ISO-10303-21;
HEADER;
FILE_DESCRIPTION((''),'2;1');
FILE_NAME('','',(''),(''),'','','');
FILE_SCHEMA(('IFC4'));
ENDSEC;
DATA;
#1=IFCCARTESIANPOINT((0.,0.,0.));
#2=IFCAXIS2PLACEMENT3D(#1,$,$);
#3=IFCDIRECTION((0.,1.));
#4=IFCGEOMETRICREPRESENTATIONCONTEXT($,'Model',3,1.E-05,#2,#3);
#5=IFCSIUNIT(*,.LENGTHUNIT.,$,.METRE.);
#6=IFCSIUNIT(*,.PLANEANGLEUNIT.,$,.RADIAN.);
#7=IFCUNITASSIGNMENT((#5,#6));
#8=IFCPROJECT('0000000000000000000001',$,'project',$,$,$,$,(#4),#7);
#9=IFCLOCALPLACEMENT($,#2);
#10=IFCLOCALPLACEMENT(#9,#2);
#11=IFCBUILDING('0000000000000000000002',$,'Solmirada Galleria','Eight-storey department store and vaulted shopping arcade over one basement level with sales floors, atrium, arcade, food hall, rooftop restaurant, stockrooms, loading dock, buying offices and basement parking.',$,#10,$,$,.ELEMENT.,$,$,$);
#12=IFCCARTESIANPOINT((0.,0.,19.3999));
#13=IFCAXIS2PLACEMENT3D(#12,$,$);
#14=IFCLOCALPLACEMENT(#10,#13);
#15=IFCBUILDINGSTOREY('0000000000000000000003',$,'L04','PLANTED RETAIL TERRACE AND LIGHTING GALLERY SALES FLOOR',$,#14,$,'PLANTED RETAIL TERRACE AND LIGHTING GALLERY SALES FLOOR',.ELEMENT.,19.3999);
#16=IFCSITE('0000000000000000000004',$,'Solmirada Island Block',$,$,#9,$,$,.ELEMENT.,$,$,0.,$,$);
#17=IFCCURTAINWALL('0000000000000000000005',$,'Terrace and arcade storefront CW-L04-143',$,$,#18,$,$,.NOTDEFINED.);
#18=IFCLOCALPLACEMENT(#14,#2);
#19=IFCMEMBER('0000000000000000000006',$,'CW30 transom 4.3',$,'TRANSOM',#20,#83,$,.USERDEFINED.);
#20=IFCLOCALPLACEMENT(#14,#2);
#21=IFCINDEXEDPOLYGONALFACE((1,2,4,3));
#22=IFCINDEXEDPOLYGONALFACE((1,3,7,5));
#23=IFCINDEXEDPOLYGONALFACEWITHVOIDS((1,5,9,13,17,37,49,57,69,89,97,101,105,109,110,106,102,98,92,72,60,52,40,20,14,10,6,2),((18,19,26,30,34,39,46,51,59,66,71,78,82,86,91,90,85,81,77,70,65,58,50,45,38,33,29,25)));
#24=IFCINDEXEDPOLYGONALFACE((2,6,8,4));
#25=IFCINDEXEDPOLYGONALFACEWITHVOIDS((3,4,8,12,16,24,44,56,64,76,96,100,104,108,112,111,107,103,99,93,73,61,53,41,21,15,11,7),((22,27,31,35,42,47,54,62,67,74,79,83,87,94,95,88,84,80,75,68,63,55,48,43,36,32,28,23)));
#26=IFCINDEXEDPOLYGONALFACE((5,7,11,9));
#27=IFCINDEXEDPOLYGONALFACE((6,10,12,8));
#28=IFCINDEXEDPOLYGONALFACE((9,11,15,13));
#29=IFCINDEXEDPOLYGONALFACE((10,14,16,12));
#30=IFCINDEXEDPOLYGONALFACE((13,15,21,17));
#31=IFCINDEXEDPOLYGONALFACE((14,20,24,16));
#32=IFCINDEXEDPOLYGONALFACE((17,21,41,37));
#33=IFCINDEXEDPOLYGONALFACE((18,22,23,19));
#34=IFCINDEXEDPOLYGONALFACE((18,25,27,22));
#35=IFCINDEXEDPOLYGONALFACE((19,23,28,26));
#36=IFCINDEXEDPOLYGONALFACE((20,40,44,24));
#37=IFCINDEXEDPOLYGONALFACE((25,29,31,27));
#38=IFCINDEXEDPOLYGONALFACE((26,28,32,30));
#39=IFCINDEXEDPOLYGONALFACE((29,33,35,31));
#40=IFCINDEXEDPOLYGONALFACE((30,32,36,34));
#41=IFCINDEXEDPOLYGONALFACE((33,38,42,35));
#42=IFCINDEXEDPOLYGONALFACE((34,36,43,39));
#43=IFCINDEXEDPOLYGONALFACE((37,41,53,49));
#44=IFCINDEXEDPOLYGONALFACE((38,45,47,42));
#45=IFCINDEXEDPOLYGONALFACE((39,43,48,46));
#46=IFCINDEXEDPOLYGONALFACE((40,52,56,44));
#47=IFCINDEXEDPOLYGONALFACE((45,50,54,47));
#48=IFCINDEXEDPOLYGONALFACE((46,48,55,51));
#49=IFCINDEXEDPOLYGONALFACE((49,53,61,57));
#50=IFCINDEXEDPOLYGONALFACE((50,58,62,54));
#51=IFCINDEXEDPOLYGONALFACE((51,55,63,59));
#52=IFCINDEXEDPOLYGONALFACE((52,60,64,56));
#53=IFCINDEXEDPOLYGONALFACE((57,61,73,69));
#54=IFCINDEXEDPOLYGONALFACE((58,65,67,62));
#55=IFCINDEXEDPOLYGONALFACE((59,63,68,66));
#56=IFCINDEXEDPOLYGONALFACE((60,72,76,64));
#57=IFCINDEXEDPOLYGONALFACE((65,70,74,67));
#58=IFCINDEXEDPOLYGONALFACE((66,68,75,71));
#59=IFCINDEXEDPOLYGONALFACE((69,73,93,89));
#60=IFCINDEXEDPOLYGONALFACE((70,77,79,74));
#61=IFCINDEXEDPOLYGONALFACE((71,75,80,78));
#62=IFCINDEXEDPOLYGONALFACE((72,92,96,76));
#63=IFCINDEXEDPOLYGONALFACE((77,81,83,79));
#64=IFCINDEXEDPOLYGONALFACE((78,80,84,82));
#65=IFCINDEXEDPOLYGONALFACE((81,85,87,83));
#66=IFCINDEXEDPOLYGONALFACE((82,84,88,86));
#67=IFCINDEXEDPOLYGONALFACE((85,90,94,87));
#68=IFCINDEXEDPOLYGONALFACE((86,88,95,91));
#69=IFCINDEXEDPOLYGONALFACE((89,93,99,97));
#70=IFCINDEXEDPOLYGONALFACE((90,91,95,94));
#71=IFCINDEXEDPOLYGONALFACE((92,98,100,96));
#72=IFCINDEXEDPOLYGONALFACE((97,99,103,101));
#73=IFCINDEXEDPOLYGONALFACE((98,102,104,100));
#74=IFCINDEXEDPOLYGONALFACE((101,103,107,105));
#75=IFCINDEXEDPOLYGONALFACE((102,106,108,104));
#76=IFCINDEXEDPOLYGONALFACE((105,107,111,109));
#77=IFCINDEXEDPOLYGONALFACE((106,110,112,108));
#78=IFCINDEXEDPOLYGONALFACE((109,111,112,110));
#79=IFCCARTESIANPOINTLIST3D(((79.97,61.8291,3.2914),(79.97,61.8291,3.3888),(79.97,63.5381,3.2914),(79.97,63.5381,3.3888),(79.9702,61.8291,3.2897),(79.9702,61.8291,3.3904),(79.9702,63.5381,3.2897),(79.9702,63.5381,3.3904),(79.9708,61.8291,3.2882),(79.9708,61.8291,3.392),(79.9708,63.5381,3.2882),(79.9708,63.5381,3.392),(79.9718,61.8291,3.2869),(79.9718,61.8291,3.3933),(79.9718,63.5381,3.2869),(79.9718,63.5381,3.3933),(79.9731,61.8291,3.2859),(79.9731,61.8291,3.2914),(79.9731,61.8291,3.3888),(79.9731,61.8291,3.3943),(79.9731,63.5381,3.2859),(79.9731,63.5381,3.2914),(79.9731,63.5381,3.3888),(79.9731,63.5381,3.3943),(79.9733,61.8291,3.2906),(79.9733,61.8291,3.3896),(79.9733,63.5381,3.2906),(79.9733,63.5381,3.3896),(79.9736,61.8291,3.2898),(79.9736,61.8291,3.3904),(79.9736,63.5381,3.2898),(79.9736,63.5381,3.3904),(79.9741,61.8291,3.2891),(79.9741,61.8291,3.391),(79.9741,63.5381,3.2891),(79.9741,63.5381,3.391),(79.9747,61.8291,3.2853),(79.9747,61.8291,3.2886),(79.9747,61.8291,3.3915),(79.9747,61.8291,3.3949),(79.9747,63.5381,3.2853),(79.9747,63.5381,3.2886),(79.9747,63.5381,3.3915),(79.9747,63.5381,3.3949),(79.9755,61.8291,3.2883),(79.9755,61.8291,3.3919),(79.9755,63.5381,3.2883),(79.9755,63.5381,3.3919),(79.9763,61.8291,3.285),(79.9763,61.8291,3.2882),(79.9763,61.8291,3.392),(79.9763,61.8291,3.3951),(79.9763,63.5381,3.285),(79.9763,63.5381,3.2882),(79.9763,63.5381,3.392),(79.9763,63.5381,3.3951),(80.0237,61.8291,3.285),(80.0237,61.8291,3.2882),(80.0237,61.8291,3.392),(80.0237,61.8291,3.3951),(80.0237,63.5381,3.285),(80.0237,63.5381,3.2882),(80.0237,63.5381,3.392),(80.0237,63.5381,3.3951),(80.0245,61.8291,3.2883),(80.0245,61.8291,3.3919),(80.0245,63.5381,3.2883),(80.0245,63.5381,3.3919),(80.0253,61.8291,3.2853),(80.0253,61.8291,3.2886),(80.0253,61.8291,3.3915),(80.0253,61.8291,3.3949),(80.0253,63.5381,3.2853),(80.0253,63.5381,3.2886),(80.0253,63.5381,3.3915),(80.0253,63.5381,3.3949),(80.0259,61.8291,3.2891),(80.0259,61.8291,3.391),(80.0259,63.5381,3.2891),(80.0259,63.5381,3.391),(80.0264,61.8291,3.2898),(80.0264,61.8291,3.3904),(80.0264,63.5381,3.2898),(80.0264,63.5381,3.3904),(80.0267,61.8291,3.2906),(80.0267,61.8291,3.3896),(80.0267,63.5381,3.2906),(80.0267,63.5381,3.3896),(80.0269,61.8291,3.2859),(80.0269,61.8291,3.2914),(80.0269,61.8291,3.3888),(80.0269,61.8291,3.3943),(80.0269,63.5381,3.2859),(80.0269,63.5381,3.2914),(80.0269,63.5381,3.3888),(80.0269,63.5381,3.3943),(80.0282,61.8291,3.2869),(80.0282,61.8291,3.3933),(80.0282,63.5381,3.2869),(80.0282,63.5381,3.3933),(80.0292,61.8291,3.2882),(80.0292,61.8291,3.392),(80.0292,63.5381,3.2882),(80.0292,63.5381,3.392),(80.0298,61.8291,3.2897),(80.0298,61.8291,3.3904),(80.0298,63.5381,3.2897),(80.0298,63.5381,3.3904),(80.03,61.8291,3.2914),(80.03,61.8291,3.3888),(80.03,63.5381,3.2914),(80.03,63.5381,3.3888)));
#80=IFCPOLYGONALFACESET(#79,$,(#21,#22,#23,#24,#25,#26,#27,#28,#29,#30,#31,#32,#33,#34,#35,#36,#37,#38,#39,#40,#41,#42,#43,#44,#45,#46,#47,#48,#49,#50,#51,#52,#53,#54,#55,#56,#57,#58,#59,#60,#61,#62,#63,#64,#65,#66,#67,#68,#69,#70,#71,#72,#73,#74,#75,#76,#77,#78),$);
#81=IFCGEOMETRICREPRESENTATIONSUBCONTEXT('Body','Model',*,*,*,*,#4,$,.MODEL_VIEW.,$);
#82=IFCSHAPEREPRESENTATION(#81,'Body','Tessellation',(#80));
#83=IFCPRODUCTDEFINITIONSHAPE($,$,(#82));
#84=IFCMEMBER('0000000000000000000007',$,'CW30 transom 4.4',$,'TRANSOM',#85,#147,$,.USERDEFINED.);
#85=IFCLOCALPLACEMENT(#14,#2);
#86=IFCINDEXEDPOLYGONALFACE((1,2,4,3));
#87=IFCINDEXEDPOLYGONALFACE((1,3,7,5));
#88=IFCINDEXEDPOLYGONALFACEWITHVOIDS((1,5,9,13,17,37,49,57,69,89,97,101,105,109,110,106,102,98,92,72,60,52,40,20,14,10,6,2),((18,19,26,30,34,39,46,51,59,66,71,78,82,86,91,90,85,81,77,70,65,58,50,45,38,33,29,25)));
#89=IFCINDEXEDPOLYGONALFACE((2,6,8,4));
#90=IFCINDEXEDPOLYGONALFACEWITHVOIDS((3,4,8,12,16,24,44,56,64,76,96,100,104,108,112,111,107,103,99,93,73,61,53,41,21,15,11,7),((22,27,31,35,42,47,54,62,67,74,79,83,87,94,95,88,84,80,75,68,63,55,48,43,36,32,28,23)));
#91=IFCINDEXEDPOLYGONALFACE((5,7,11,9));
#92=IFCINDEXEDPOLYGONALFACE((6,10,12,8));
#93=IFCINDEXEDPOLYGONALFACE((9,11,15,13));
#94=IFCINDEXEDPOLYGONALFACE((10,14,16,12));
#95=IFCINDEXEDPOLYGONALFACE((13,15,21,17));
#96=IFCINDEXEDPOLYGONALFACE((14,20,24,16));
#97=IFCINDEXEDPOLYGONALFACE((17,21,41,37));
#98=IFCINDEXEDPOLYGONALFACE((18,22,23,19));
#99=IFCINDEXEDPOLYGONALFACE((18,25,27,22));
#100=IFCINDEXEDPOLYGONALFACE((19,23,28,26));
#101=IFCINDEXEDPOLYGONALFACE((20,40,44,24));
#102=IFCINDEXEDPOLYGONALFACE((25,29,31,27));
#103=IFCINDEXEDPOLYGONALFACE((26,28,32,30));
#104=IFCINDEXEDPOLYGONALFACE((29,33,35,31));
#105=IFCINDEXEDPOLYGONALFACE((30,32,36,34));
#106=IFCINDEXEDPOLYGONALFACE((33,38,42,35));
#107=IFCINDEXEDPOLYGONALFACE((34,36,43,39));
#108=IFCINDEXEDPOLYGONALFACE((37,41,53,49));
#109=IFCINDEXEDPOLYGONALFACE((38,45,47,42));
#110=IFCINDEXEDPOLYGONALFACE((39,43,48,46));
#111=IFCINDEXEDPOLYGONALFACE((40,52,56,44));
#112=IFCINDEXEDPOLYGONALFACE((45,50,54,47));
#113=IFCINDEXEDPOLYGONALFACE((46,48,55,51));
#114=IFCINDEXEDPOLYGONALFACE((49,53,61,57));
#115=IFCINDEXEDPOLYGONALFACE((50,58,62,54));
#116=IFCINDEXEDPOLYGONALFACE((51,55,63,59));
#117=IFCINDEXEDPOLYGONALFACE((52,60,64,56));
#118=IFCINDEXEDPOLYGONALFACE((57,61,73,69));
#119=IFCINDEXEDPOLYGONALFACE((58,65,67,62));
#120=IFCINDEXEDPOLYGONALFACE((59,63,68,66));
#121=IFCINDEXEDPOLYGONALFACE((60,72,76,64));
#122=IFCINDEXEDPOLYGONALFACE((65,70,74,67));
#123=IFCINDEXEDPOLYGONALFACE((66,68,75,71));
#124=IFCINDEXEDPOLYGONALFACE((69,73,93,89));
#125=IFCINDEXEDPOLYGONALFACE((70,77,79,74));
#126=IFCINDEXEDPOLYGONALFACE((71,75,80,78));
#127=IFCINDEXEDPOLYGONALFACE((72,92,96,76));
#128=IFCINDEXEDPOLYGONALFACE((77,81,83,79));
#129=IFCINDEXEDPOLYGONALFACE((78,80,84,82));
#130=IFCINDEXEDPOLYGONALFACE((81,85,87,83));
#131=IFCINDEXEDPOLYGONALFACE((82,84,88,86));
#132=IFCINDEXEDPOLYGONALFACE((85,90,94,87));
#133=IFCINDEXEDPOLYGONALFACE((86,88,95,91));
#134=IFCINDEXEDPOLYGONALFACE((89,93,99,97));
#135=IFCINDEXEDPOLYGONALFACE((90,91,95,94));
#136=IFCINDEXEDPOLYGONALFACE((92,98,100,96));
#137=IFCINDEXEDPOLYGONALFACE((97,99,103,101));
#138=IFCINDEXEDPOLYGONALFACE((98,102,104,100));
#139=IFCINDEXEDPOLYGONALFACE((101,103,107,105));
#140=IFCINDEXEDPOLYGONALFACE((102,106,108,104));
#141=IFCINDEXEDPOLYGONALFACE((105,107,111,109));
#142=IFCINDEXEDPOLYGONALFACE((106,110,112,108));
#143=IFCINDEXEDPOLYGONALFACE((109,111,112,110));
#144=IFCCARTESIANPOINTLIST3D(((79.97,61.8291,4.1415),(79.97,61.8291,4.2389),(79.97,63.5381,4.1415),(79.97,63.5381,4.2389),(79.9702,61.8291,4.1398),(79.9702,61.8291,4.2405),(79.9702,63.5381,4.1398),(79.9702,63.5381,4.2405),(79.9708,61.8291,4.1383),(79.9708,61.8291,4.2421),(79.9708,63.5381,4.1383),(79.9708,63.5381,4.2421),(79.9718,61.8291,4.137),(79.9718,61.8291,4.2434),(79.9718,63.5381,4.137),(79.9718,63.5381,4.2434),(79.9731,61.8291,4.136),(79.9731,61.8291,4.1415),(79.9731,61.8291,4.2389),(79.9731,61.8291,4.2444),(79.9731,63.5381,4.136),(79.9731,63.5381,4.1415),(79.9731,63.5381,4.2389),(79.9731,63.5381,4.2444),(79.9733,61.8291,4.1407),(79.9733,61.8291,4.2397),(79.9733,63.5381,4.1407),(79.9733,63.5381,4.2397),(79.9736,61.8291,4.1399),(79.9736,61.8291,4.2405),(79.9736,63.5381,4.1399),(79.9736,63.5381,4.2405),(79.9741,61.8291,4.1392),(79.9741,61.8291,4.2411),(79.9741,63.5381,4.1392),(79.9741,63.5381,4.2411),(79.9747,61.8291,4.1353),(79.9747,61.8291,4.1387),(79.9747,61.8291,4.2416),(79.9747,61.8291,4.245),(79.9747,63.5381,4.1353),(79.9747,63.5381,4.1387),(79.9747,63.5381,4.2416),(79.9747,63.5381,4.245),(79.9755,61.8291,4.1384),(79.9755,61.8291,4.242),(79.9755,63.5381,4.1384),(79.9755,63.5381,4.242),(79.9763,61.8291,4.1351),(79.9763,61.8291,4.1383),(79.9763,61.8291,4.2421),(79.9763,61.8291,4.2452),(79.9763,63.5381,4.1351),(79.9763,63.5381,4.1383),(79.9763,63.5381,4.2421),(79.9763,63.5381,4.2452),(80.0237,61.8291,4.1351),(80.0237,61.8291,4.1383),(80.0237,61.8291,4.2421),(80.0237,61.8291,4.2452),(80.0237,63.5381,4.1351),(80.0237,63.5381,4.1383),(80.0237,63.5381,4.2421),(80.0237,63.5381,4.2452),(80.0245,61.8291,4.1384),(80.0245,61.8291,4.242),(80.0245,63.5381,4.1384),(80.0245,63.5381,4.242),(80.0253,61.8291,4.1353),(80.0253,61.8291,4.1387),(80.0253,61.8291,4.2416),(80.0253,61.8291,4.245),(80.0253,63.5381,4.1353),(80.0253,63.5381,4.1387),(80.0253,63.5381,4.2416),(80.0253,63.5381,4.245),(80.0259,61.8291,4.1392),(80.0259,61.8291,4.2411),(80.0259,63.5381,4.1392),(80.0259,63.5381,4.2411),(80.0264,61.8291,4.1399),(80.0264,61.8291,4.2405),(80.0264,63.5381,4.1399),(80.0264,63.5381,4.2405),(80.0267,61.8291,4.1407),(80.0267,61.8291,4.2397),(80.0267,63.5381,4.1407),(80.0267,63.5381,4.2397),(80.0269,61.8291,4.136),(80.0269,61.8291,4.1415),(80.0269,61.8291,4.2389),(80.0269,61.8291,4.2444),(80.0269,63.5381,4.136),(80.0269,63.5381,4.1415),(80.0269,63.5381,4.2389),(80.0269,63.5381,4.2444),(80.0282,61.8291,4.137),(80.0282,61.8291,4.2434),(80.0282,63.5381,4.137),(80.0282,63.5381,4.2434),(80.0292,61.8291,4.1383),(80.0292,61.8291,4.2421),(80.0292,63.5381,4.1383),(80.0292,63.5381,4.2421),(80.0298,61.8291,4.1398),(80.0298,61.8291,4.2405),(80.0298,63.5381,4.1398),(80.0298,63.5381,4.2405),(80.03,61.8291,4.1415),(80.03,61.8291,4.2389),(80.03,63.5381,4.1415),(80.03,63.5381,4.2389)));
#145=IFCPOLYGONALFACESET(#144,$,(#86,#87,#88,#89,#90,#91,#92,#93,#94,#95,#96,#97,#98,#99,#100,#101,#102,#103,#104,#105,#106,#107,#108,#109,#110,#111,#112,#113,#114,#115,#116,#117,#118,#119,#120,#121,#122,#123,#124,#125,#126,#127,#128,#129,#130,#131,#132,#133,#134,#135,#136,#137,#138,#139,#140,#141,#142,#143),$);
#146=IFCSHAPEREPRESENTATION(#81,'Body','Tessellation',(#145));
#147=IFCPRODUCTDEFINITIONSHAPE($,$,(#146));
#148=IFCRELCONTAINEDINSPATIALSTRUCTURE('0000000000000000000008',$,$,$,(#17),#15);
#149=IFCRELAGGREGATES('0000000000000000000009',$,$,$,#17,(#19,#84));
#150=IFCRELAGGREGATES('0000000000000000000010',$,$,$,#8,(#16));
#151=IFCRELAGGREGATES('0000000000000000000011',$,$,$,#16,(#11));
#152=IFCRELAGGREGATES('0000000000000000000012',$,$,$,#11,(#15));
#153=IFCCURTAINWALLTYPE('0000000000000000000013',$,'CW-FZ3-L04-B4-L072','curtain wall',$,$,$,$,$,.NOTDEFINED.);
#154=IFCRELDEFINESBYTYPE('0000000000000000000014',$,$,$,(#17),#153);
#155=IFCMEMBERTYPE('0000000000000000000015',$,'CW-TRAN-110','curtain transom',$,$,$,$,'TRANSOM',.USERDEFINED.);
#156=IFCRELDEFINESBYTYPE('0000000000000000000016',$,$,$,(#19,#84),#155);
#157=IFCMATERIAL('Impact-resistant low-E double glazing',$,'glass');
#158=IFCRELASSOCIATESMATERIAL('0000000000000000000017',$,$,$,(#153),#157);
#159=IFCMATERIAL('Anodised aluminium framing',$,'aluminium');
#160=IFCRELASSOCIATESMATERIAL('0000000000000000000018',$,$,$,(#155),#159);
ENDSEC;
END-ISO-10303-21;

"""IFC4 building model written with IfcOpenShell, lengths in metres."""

from ifc_helpers import new_model, si_unit, direction, frame, origin, origin_2d, place, context, subcontext, project, spatial, hollow_rectangle, extrude, material, material_profile, profile_set, type_object, element, aggregate, save


model = new_model("IFC4")

# Units and contexts
model_context = context("Model", 3, precision=1e-05, world=origin(), true_north=direction((0.0, 1.0)))
body_context = subcontext(model_context, "Body", "Model", "MODEL_VIEW")
ifc_project = project(units=[si_unit("LENGTHUNIT", "METRE"), si_unit("PLANEANGLEUNIT", "RADIAN")], contexts=[model_context])

# Site, building, storey
site_placement = place(None, origin())
site = spatial("IfcSite", under=ifc_project, at=site_placement, Name="Solmirada Island Block", CompositionType="ELEMENT", RefElevation=0.0)
building_placement = place(site_placement, origin())
building = spatial("IfcBuilding", under=site, at=building_placement, Name="Solmirada Galleria", Description="Eight-storey department store and vaulted shopping arcade over one basement level with sales floors, atrium, arcade, food hall, rooftop restaurant, stockrooms, loading dock, buying offices and basement parking.", CompositionType="ELEMENT")
storey_placement = place(building_placement, frame((0.0, 0.0, 19.3999)))
storey = spatial("IfcBuildingStorey", under=building, at=storey_placement, Name="L04", Description="PLANTED RETAIL TERRACE AND LIGHTING GALLERY SALES FLOOR", LongName="PLANTED RETAIL TERRACE AND LIGHTING GALLERY SALES FLOOR", CompositionType="ELEMENT", Elevation=19.3999)

# Curtain wall
ifc_material_1 = material(Name="Impact-resistant low-E double glazing", Category="glass")
curtain_wall_type = type_object("IfcCurtainWallType", Name="CW-FZ3-L04-B4-L072", Description="curtain wall", PredefinedType="NOTDEFINED", material=ifc_material_1)
curtain_wall_1_placement = place(storey_placement, origin())
curtain_wall_1 = element("IfcCurtainWall", 1, at=curtain_wall_1_placement, inside=storey, type_object=curtain_wall_type, Name="Terrace and arcade storefront CW-L04-143", PredefinedType="NOTDEFINED")
ifc_material_2 = material(Name="Anodised aluminium framing", Category="aluminium")

# Members
ifc_material_profile_1 = material_profile(ifc_material_2, hollow_rectangle(XDim=0.0601, YDim=0.1101, WallThickness=0.0032, InnerFilletRadius=0.0032, OuterFilletRadius=0.0063, at=origin_2d()), Name="ALU-TRAN-110X60")
ifc_profile_set_1 = profile_set([ifc_material_profile_1], Name="Anodised aluminium framing")
member_type_1 = type_object("IfcMemberType", Name="CW-TRAN-110", Description="curtain transom", ElementType="TRANSOM", PredefinedType="USERDEFINED", material=ifc_profile_set_1)
member_1_placement = place(storey_placement, frame((80.0, 61.8291, 3.3401), z_axis=(0.0, 1.0, 0.0), x_axis=(-1.0, 0.0, 0.0)))
member_1 = element("IfcMember", 2, at=member_1_placement, type_object=member_type_1, Name="CW30 transom 4.3", ObjectType="TRANSOM", PredefinedType="USERDEFINED", context=body_context, shape_type="SweptSolid", body=[
    extrude(hollow_rectangle(XDim=0.0601, YDim=0.1101, WallThickness=0.0032, InnerFilletRadius=0.0032, OuterFilletRadius=0.0063, at=origin_2d()), origin(), (0.0, 0.0, 1.0), 1.709),
])
member_2_placement = place(storey_placement, frame((80.0, 61.8291, 4.1902), z_axis=(0.0, 1.0, 0.0), x_axis=(-1.0, 0.0, 0.0)))
member_2 = element("IfcMember", 3, at=member_2_placement, type_object=member_type_1, Name="CW30 transom 4.4", ObjectType="TRANSOM", PredefinedType="USERDEFINED", context=body_context, shape_type="SweptSolid", body=[
    extrude(hollow_rectangle(XDim=0.0601, YDim=0.1101, WallThickness=0.0032, InnerFilletRadius=0.0032, OuterFilletRadius=0.0063, at=origin_2d()), origin(), (0.0, 0.0, 1.0), 1.709),
])

aggregate(curtain_wall_1, [member_1, member_2])

save(model, "model.ifc")
